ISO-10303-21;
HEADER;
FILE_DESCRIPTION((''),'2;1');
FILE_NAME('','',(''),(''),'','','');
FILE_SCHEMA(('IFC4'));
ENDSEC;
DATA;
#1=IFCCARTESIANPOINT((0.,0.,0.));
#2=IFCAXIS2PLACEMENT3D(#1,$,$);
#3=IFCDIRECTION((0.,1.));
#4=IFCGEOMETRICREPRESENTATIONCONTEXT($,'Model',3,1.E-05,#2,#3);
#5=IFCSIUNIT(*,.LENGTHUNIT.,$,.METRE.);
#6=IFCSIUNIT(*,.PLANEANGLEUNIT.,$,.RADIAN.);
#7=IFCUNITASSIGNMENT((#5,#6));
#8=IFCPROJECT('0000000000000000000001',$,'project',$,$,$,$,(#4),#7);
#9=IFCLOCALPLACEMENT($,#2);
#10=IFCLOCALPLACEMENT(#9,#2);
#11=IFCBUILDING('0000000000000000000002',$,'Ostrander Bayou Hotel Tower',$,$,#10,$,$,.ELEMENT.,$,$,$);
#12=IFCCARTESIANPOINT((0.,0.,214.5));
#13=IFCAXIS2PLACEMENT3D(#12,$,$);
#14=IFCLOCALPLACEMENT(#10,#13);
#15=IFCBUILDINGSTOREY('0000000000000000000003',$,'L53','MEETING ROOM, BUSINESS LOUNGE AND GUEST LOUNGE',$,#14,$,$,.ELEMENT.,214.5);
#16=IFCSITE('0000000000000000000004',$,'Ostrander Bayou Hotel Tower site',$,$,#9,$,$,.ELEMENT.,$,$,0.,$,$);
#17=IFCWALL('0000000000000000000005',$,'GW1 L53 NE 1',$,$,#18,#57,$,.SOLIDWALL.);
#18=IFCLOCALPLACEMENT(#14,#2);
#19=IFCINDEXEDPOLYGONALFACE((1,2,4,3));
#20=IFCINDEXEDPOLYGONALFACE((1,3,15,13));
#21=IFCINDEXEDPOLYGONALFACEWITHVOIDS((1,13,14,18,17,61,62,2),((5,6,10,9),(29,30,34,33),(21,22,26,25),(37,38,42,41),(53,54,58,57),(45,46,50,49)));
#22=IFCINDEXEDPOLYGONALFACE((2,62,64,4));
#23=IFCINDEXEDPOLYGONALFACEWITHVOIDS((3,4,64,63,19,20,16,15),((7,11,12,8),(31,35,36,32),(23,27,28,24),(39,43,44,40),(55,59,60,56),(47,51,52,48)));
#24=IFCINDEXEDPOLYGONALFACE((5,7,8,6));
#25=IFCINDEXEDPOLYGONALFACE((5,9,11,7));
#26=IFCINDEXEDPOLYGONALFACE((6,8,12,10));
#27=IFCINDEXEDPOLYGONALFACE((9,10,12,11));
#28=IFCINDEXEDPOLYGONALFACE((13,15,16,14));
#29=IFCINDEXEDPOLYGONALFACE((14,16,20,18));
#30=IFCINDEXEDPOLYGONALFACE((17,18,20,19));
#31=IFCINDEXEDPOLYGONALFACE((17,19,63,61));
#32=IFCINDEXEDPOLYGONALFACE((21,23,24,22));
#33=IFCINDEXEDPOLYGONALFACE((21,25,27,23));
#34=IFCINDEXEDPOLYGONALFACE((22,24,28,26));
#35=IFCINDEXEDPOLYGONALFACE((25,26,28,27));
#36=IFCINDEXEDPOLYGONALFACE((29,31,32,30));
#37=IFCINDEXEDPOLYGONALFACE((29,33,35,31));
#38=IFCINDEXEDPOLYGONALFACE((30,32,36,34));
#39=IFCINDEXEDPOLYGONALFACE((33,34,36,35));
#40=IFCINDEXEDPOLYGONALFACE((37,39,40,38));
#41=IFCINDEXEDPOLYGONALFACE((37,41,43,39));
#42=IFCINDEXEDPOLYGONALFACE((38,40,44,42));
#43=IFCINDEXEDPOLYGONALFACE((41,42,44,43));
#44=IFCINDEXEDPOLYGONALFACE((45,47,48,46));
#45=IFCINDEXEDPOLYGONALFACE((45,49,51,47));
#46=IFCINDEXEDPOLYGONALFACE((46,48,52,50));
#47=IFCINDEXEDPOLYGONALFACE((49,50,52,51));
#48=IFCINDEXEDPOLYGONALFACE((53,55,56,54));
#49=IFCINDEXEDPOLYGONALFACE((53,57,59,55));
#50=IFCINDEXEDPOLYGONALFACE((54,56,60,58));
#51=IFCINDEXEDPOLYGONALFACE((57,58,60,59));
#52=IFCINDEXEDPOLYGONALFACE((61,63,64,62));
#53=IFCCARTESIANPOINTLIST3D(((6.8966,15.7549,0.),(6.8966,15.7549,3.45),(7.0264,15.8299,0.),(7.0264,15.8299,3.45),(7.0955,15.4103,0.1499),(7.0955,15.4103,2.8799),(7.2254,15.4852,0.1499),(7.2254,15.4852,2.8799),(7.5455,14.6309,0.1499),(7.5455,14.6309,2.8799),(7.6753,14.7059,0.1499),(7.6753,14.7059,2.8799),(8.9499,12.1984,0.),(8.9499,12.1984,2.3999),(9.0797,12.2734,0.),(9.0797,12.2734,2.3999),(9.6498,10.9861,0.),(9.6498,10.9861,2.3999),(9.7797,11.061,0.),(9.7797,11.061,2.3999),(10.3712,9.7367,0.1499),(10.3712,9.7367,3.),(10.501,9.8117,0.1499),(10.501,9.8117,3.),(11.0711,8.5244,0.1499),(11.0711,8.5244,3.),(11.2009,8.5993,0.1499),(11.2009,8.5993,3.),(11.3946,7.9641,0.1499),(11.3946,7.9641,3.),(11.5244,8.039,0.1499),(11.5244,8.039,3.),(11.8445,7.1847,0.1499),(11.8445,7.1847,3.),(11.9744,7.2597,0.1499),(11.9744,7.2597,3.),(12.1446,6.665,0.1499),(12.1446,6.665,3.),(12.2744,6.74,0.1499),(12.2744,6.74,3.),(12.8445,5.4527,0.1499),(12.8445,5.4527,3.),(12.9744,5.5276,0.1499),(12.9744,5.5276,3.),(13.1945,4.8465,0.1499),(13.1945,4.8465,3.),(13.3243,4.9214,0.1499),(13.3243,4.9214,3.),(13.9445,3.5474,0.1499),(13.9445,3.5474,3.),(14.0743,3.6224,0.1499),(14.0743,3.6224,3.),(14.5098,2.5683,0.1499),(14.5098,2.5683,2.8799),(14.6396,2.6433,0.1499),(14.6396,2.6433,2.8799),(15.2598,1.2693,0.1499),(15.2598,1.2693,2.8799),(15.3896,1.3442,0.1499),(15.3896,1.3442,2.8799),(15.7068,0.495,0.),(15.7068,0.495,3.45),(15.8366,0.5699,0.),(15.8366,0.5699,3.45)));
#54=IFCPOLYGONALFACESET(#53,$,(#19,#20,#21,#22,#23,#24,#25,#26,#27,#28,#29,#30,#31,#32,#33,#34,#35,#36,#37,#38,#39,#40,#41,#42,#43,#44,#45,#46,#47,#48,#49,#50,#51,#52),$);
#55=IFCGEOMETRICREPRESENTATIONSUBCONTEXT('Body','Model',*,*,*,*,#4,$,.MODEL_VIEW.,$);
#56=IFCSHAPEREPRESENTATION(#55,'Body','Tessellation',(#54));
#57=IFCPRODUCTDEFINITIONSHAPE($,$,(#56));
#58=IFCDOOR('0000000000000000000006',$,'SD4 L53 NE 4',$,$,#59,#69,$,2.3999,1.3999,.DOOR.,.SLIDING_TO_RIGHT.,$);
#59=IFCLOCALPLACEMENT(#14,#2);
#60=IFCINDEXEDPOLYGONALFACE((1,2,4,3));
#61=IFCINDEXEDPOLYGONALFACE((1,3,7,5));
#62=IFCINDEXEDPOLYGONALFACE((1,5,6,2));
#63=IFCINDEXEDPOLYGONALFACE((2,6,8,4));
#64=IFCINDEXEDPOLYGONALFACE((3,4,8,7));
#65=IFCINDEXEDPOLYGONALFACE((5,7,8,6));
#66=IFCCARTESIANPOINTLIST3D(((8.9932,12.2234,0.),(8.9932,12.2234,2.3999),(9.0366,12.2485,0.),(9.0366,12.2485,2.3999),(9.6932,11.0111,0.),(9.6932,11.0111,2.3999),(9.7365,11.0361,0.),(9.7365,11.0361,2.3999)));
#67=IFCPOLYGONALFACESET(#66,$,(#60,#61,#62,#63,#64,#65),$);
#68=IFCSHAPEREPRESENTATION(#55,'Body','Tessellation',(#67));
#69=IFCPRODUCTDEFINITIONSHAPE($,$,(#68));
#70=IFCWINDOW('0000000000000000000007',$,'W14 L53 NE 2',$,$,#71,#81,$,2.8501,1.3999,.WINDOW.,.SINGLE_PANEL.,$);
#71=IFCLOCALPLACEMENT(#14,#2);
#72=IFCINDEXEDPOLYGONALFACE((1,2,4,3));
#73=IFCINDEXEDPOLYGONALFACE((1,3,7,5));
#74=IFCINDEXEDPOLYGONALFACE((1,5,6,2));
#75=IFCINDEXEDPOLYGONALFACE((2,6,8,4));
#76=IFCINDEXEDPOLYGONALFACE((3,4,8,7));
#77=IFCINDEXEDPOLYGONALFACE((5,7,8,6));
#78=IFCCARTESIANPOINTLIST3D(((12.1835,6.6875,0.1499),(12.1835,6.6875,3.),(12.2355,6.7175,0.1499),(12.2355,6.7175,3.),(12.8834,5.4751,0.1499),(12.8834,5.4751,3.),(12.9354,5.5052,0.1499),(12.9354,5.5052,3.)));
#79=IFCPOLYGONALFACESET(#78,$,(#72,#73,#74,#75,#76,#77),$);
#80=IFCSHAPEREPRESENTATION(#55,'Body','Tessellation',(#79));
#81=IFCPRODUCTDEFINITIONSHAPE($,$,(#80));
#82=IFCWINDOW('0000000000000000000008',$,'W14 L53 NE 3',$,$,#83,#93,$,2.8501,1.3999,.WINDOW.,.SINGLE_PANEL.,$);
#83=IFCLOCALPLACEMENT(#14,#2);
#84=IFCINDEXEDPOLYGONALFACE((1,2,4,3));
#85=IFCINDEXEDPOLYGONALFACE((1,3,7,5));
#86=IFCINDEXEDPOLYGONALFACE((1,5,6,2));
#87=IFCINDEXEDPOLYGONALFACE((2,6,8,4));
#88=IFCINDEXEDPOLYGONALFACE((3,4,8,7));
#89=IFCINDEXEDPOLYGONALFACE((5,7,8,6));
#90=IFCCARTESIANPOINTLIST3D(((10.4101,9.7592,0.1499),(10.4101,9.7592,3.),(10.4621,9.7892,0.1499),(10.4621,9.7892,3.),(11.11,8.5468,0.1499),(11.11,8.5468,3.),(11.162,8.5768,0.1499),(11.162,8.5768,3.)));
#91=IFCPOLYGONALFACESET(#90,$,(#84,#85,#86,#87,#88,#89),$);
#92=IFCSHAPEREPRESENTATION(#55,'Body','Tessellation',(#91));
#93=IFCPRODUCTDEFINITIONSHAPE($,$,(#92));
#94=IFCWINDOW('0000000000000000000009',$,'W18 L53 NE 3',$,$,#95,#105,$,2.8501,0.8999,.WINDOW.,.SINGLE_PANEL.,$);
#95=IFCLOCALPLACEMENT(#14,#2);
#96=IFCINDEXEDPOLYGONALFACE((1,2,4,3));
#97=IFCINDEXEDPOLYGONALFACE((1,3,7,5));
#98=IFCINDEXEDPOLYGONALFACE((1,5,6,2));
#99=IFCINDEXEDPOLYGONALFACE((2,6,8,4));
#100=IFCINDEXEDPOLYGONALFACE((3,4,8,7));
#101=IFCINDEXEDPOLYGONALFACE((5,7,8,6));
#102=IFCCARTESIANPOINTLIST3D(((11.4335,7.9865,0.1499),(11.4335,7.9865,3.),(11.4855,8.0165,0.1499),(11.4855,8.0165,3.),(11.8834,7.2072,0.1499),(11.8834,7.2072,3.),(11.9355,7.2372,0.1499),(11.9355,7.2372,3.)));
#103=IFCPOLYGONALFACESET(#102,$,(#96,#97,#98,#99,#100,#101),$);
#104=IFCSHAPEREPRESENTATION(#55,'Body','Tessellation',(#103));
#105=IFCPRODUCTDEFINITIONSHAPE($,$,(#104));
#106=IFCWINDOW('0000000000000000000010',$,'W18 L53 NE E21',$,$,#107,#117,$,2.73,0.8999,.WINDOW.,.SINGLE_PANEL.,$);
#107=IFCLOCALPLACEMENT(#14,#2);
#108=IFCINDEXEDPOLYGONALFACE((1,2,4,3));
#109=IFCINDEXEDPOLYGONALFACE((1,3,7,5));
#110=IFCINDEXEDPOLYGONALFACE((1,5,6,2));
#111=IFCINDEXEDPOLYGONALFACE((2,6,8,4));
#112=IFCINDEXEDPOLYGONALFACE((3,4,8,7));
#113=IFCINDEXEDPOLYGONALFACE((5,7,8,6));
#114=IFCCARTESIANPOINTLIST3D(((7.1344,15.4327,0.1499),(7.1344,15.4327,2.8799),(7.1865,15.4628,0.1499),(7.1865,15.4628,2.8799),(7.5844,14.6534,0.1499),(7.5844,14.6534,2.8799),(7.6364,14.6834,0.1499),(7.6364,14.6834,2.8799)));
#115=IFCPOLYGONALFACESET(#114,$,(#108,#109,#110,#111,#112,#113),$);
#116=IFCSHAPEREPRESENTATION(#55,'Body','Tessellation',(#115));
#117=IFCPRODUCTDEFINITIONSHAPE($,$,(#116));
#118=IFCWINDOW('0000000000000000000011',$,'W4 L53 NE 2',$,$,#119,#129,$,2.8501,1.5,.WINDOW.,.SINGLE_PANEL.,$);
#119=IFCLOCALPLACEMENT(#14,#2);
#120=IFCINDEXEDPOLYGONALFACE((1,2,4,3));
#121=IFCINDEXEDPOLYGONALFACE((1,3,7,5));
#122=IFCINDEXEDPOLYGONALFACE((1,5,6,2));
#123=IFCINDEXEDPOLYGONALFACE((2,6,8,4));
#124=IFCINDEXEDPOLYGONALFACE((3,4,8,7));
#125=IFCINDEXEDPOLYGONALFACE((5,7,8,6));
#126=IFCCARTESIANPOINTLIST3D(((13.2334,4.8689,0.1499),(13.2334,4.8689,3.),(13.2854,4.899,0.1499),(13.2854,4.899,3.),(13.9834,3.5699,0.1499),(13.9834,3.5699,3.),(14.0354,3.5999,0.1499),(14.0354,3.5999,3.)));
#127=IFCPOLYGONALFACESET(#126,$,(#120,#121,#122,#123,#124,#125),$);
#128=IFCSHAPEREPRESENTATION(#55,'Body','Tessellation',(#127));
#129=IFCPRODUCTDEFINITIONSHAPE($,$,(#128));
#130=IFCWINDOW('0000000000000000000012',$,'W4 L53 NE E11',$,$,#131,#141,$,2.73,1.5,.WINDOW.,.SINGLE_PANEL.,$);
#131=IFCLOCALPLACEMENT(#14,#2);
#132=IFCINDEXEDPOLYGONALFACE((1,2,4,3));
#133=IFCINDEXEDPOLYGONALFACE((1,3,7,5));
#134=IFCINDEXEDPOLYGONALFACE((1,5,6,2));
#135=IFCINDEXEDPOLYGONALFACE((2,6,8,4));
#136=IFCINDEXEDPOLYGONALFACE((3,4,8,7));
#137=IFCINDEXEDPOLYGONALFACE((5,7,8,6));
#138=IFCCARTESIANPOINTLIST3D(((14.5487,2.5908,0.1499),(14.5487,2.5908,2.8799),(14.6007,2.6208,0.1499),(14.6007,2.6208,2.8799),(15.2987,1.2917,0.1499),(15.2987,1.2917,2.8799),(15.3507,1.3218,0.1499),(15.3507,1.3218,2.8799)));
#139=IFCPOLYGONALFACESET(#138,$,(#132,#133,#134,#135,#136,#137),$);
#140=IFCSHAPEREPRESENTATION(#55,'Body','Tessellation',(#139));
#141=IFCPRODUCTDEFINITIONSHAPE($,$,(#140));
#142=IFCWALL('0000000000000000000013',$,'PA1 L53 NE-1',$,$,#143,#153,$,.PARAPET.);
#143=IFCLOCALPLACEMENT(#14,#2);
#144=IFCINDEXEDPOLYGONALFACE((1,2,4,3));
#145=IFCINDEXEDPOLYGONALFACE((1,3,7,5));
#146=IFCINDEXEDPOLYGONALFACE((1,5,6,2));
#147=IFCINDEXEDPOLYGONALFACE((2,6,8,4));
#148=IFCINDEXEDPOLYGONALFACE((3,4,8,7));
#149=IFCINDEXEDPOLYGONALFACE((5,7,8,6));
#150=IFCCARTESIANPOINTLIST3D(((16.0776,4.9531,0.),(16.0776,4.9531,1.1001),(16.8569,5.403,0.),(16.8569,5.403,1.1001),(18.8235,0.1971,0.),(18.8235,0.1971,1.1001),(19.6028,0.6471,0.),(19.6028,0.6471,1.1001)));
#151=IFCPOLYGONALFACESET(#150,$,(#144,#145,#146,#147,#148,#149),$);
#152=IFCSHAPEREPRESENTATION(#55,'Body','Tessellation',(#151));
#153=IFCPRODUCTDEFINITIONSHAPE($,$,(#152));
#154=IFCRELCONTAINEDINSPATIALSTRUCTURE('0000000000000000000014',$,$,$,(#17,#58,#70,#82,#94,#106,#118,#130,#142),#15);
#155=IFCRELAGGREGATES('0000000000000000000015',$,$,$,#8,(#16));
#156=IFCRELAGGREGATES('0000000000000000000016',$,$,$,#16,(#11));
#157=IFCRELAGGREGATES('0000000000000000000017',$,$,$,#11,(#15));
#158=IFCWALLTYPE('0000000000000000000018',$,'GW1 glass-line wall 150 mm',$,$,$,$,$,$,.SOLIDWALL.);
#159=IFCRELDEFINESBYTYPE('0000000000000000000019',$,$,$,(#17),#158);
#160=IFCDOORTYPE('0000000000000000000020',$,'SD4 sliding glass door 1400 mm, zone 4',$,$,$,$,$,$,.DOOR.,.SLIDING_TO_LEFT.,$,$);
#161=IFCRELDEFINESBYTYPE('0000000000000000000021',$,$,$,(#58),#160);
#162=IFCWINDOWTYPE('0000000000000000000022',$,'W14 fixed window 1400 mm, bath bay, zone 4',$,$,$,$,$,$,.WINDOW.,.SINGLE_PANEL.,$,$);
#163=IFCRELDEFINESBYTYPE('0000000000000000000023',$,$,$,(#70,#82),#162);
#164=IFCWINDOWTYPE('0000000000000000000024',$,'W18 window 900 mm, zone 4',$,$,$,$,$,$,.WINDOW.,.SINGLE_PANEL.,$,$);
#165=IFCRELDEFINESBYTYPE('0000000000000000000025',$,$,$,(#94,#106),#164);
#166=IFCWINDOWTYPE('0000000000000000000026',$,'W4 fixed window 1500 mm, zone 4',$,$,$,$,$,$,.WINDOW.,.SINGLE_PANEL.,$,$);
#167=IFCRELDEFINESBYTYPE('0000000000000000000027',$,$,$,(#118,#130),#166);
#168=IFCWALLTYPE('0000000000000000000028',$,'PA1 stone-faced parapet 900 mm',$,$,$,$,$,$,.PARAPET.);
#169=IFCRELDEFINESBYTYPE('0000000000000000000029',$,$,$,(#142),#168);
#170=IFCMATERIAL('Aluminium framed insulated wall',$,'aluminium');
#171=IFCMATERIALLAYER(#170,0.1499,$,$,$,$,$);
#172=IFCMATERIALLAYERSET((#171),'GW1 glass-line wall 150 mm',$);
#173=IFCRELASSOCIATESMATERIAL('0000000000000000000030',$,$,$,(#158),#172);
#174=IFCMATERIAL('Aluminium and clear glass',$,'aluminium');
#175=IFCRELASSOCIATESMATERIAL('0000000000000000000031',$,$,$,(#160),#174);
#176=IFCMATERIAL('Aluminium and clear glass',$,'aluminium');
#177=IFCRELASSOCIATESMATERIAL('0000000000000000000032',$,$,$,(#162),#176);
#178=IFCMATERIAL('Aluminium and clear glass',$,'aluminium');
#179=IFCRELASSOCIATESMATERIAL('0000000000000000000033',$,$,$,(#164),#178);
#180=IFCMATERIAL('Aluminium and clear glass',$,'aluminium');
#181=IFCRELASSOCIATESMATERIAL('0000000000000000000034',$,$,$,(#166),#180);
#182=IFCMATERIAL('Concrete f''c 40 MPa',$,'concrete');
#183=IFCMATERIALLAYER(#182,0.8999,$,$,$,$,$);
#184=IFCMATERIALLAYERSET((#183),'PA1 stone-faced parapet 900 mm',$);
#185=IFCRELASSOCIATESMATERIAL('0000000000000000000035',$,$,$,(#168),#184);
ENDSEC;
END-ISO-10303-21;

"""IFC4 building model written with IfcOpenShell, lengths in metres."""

from ifc_helpers import new_model, si_unit, direction, frame, frame_2d, origin, place, context, subcontext, project, spatial, rectangle, extrude, material, layer, layer_set, type_object, element, fill, save


model = new_model("IFC4")

# Units and contexts
model_context = context("Model", 3, precision=1e-05, world=origin(), true_north=direction((0.0, 1.0)))
body_context = subcontext(model_context, "Body", "Model", "MODEL_VIEW")
ifc_project = project(units=[si_unit("LENGTHUNIT", "METRE"), si_unit("PLANEANGLEUNIT", "RADIAN")], contexts=[model_context])

# Site, building, storey
site_placement = place(None, origin())
site = spatial("IfcSite", under=ifc_project, at=site_placement, Name="Ostrander Bayou Hotel Tower site", CompositionType="ELEMENT", RefElevation=0.0)
building_placement = place(site_placement, origin())
building = spatial("IfcBuilding", under=site, at=building_placement, Name="Ostrander Bayou Hotel Tower", CompositionType="ELEMENT")
storey_placement = place(building_placement, frame((0.0, 0.0, 214.5)))
storey = spatial("IfcBuildingStorey", under=building, at=storey_placement, Name="L53", Description="MEETING ROOM, BUSINESS LOUNGE AND GUEST LOUNGE", CompositionType="ELEMENT", Elevation=214.5)

# Wall, openings, door, windows
ifc_material_1 = material(Name="Aluminium framed insulated wall", Category="aluminium")
ifc_layer_1 = layer(ifc_material_1, 0.1499)
ifc_layer_set_1 = layer_set([ifc_layer_1], Name="GW1 glass-line wall 150 mm")
wall_type_1 = type_object("IfcWallType", Name="GW1 glass-line wall 150 mm", PredefinedType="SOLIDWALL", material=ifc_layer_set_1)
wall_1_placement = place(storey_placement, frame((15.7717, 0.5325, 0.0), z_axis=(0.0, 0.0, 1.0), x_axis=(-0.499997, 0.866027, 0.0)))
wall_1 = element("IfcWall", 1, at=wall_1_placement, inside=storey, type_object=wall_type_1, Name="GW1 L53 NE 1", PredefinedType="SOLIDWALL", context=body_context, shape_type="SweptSolid", body=[
    extrude(rectangle(XDim=17.6206, YDim=0.1499, at=frame_2d((8.8103, 0.0))), origin(), (0.0, 0.0, 1.0), 3.45),
])
opening_1_placement = place(wall_1_placement, frame((3.5247, 0.0, 0.1499)))
opening_1 = element("IfcOpeningElement", 2, at=opening_1_placement, cuts=wall_1, PredefinedType="OPENING", context=body_context, shape_type="SweptSolid", body=[
    extrude(rectangle(XDim=1.5, YDim=2.8501, at=frame_2d((0.75, 1.425))), frame((0.0, 0.075, 0.0), z_axis=(0.0, -1.0, 0.0), x_axis=(1.0, 0.0, 0.0)), (0.0, 0.0, 1.0), 0.1499),
])
opening_2_placement = place(wall_1_placement, frame((5.7246, 0.0, 0.1499)))
opening_2 = element("IfcOpeningElement", 3, at=opening_2_placement, cuts=wall_1, PredefinedType="OPENING", context=body_context, shape_type="SweptSolid", body=[
    extrude(rectangle(XDim=1.3999, YDim=2.8501, at=frame_2d((0.7, 1.425))), frame((0.0, 0.075, 0.0), z_axis=(0.0, -1.0, 0.0), x_axis=(1.0, 0.0, 0.0)), (0.0, 0.0, 1.0), 0.1499),
])
opening_3_placement = place(wall_1_placement, frame((7.7246, 0.0, 0.1499)))
opening_3 = element("IfcOpeningElement", 4, at=opening_3_placement, cuts=wall_1, PredefinedType="OPENING", context=body_context, shape_type="SweptSolid", body=[
    extrude(rectangle(XDim=0.8999, YDim=2.8501, at=frame_2d((0.45, 1.425))), frame((0.0, 0.075, 0.0), z_axis=(0.0, -1.0, 0.0), x_axis=(1.0, 0.0, 0.0)), (0.0, 0.0, 1.0), 0.1499),
])
opening_4_placement = place(wall_1_placement, frame((9.2715, 0.0, 0.1499)))
opening_4 = element("IfcOpeningElement", 5, at=opening_4_placement, cuts=wall_1, PredefinedType="OPENING", context=body_context, shape_type="SweptSolid", body=[
    extrude(rectangle(XDim=1.3999, YDim=2.8501, at=frame_2d((0.7, 1.425))), frame((0.0, 0.075, 0.0), z_axis=(0.0, -1.0, 0.0), x_axis=(1.0, 0.0, 0.0)), (0.0, 0.0, 1.0), 0.1499),
])
opening_5_placement = place(wall_1_placement, frame((12.114, 0.0, 0.0)))
opening_5 = element("IfcOpeningElement", 6, at=opening_5_placement, cuts=wall_1, PredefinedType="OPENING", context=body_context, shape_type="SweptSolid", body=[
    extrude(rectangle(XDim=1.3999, YDim=2.3999, at=frame_2d((0.7, 1.2))), frame((0.0, 0.075, 0.0), z_axis=(0.0, -1.0, 0.0), x_axis=(1.0, 0.0, 0.0)), (0.0, 0.0, 1.0), 0.1499),
])
opening_6_placement = place(wall_1_placement, frame((0.894, 0.0, 0.1499)))
opening_6 = element("IfcOpeningElement", 7, at=opening_6_placement, cuts=wall_1, PredefinedType="OPENING", context=body_context, shape_type="SweptSolid", body=[
    extrude(rectangle(XDim=1.5, YDim=2.73, at=frame_2d((0.75, 1.365))), frame((0.0, 0.075, 0.0), z_axis=(0.0, -1.0, 0.0), x_axis=(1.0, 0.0, 0.0)), (0.0, 0.0, 1.0), 0.1499),
])
opening_7_placement = place(wall_1_placement, frame((16.3228, 0.0, 0.1499)))
opening_7 = element("IfcOpeningElement", 8, at=opening_7_placement, cuts=wall_1, PredefinedType="OPENING", context=body_context, shape_type="SweptSolid", body=[
    extrude(rectangle(XDim=0.8999, YDim=2.73, at=frame_2d((0.45, 1.365))), frame((0.0, 0.075, 0.0), z_axis=(0.0, -1.0, 0.0), x_axis=(1.0, 0.0, 0.0)), (0.0, 0.0, 1.0), 0.1499),
])
ifc_material_2 = material(Name="Aluminium and clear glass", Category="aluminium")
door_type = type_object("IfcDoorType", Name="SD4 sliding glass door 1400 mm, zone 4", OperationType="SLIDING_TO_LEFT", PredefinedType="DOOR", material=ifc_material_2)
door_placement = place(opening_5_placement, origin())
door = element("IfcDoor", 9, at=door_placement, inside=storey, type_object=door_type, Name="SD4 L53 NE 4", OperationType="SLIDING_TO_RIGHT", OverallHeight=2.3999, OverallWidth=1.3999, PredefinedType="DOOR", context=body_context, shape_type="SweptSolid", body=[
    extrude(rectangle(XDim=1.3999, YDim=2.3999, at=frame_2d((0.7, 1.2))), frame((0.0, 0.0249, 0.0), z_axis=(0.0, -1.0, 0.0), x_axis=(1.0, 0.0, 0.0)), (0.0, 0.0, 1.0), 0.05),
])
fill(opening_5, door)
ifc_material_3 = material(Name="Aluminium and clear glass", Category="aluminium")
window_type_1 = type_object("IfcWindowType", Name="W14 fixed window 1400 mm, bath bay, zone 4", PartitioningType="SINGLE_PANEL", PredefinedType="WINDOW", material=ifc_material_3)
window_1_placement = place(opening_2_placement, origin())
window_1 = element("IfcWindow", 10, at=window_1_placement, inside=storey, type_object=window_type_1, Name="W14 L53 NE 2", OverallHeight=2.8501, OverallWidth=1.3999, PartitioningType="SINGLE_PANEL", PredefinedType="WINDOW", context=body_context, shape_type="SweptSolid", body=[
    extrude(rectangle(XDim=1.3999, YDim=2.8501, at=frame_2d((0.7, 1.425))), frame((0.0, 0.03, 0.0), z_axis=(0.0, -1.0, 0.0), x_axis=(1.0, 0.0, 0.0)), (0.0, 0.0, 1.0), 0.0601),
])
fill(opening_2, window_1)
window_2_placement = place(opening_4_placement, origin())
window_2 = element("IfcWindow", 11, at=window_2_placement, inside=storey, type_object=window_type_1, Name="W14 L53 NE 3", OverallHeight=2.8501, OverallWidth=1.3999, PartitioningType="SINGLE_PANEL", PredefinedType="WINDOW", context=body_context, shape_type="SweptSolid", body=[
    extrude(rectangle(XDim=1.3999, YDim=2.8501, at=frame_2d((0.7, 1.425))), frame((0.0, 0.03, 0.0), z_axis=(0.0, -1.0, 0.0), x_axis=(1.0, 0.0, 0.0)), (0.0, 0.0, 1.0), 0.0601),
])
fill(opening_4, window_2)
ifc_material_4 = material(Name="Aluminium and clear glass", Category="aluminium")
window_type_2 = type_object("IfcWindowType", Name="W18 window 900 mm, zone 4", PartitioningType="SINGLE_PANEL", PredefinedType="WINDOW", material=ifc_material_4)
window_3_placement = place(opening_3_placement, origin())
window_3 = element("IfcWindow", 12, at=window_3_placement, inside=storey, type_object=window_type_2, Name="W18 L53 NE 3", OverallHeight=2.8501, OverallWidth=0.8999, PartitioningType="SINGLE_PANEL", PredefinedType="WINDOW", context=body_context, shape_type="SweptSolid", body=[
    extrude(rectangle(XDim=0.8999, YDim=2.8501, at=frame_2d((0.45, 1.425))), frame((0.0, 0.03, 0.0), z_axis=(0.0, -1.0, 0.0), x_axis=(1.0, 0.0, 0.0)), (0.0, 0.0, 1.0), 0.0601),
])
fill(opening_3, window_3)
window_4_placement = place(opening_7_placement, origin())
window_4 = element("IfcWindow", 13, at=window_4_placement, inside=storey, type_object=window_type_2, Name="W18 L53 NE E21", OverallHeight=2.73, OverallWidth=0.8999, PartitioningType="SINGLE_PANEL", PredefinedType="WINDOW", context=body_context, shape_type="SweptSolid", body=[
    extrude(rectangle(XDim=0.8999, YDim=2.73, at=frame_2d((0.45, 1.365))), frame((0.0, 0.03, 0.0), z_axis=(0.0, -1.0, 0.0), x_axis=(1.0, 0.0, 0.0)), (0.0, 0.0, 1.0), 0.0601),
])
fill(opening_7, window_4)
ifc_material_5 = material(Name="Aluminium and clear glass", Category="aluminium")
window_type_3 = type_object("IfcWindowType", Name="W4 fixed window 1500 mm, zone 4", PartitioningType="SINGLE_PANEL", PredefinedType="WINDOW", material=ifc_material_5)
window_5_placement = place(opening_1_placement, origin())
window_5 = element("IfcWindow", 14, at=window_5_placement, inside=storey, type_object=window_type_3, Name="W4 L53 NE 2", OverallHeight=2.8501, OverallWidth=1.5, PartitioningType="SINGLE_PANEL", PredefinedType="WINDOW", context=body_context, shape_type="SweptSolid", body=[
    extrude(rectangle(XDim=1.5, YDim=2.8501, at=frame_2d((0.75, 1.425))), frame((0.0, 0.03, 0.0), z_axis=(0.0, -1.0, 0.0), x_axis=(1.0, 0.0, 0.0)), (0.0, 0.0, 1.0), 0.0601),
])
fill(opening_1, window_5)
window_6_placement = place(opening_6_placement, origin())
window_6 = element("IfcWindow", 15, at=window_6_placement, inside=storey, type_object=window_type_3, Name="W4 L53 NE E11", OverallHeight=2.73, OverallWidth=1.5, PartitioningType="SINGLE_PANEL", PredefinedType="WINDOW", context=body_context, shape_type="SweptSolid", body=[
    extrude(rectangle(XDim=1.5, YDim=2.73, at=frame_2d((0.75, 1.365))), frame((0.0, 0.03, 0.0), z_axis=(0.0, -1.0, 0.0), x_axis=(1.0, 0.0, 0.0)), (0.0, 0.0, 1.0), 0.0601),
])
fill(opening_6, window_6)

# Wall
ifc_material_6 = material(Name="Concrete f'c 40 MPa", Category="concrete")
ifc_layer_2 = layer(ifc_material_6, 0.8999)
ifc_layer_set_2 = layer_set([ifc_layer_2], Name="PA1 stone-faced parapet 900 mm")
wall_type_2 = type_object("IfcWallType", Name="PA1 stone-faced parapet 900 mm", PredefinedType="PARAPET", material=ifc_layer_set_2)
wall_2_placement = place(storey_placement, frame((19.2131, 0.4221, 0.0), z_axis=(0.0, 0.0, 1.0), x_axis=(-0.500007, 0.866021, 0.0)))
element("IfcWall", 16, at=wall_2_placement, inside=storey, type_object=wall_type_2, Name="PA1 L53 NE-1", PredefinedType="PARAPET", context=body_context, shape_type="SweptSolid", body=[
    extrude(rectangle(XDim=5.4917, YDim=0.8999, at=frame_2d((2.7458, 0.0))), origin(), (0.0, 0.0, 1.0), 1.1001),
])

save(model, "model.ifc")
